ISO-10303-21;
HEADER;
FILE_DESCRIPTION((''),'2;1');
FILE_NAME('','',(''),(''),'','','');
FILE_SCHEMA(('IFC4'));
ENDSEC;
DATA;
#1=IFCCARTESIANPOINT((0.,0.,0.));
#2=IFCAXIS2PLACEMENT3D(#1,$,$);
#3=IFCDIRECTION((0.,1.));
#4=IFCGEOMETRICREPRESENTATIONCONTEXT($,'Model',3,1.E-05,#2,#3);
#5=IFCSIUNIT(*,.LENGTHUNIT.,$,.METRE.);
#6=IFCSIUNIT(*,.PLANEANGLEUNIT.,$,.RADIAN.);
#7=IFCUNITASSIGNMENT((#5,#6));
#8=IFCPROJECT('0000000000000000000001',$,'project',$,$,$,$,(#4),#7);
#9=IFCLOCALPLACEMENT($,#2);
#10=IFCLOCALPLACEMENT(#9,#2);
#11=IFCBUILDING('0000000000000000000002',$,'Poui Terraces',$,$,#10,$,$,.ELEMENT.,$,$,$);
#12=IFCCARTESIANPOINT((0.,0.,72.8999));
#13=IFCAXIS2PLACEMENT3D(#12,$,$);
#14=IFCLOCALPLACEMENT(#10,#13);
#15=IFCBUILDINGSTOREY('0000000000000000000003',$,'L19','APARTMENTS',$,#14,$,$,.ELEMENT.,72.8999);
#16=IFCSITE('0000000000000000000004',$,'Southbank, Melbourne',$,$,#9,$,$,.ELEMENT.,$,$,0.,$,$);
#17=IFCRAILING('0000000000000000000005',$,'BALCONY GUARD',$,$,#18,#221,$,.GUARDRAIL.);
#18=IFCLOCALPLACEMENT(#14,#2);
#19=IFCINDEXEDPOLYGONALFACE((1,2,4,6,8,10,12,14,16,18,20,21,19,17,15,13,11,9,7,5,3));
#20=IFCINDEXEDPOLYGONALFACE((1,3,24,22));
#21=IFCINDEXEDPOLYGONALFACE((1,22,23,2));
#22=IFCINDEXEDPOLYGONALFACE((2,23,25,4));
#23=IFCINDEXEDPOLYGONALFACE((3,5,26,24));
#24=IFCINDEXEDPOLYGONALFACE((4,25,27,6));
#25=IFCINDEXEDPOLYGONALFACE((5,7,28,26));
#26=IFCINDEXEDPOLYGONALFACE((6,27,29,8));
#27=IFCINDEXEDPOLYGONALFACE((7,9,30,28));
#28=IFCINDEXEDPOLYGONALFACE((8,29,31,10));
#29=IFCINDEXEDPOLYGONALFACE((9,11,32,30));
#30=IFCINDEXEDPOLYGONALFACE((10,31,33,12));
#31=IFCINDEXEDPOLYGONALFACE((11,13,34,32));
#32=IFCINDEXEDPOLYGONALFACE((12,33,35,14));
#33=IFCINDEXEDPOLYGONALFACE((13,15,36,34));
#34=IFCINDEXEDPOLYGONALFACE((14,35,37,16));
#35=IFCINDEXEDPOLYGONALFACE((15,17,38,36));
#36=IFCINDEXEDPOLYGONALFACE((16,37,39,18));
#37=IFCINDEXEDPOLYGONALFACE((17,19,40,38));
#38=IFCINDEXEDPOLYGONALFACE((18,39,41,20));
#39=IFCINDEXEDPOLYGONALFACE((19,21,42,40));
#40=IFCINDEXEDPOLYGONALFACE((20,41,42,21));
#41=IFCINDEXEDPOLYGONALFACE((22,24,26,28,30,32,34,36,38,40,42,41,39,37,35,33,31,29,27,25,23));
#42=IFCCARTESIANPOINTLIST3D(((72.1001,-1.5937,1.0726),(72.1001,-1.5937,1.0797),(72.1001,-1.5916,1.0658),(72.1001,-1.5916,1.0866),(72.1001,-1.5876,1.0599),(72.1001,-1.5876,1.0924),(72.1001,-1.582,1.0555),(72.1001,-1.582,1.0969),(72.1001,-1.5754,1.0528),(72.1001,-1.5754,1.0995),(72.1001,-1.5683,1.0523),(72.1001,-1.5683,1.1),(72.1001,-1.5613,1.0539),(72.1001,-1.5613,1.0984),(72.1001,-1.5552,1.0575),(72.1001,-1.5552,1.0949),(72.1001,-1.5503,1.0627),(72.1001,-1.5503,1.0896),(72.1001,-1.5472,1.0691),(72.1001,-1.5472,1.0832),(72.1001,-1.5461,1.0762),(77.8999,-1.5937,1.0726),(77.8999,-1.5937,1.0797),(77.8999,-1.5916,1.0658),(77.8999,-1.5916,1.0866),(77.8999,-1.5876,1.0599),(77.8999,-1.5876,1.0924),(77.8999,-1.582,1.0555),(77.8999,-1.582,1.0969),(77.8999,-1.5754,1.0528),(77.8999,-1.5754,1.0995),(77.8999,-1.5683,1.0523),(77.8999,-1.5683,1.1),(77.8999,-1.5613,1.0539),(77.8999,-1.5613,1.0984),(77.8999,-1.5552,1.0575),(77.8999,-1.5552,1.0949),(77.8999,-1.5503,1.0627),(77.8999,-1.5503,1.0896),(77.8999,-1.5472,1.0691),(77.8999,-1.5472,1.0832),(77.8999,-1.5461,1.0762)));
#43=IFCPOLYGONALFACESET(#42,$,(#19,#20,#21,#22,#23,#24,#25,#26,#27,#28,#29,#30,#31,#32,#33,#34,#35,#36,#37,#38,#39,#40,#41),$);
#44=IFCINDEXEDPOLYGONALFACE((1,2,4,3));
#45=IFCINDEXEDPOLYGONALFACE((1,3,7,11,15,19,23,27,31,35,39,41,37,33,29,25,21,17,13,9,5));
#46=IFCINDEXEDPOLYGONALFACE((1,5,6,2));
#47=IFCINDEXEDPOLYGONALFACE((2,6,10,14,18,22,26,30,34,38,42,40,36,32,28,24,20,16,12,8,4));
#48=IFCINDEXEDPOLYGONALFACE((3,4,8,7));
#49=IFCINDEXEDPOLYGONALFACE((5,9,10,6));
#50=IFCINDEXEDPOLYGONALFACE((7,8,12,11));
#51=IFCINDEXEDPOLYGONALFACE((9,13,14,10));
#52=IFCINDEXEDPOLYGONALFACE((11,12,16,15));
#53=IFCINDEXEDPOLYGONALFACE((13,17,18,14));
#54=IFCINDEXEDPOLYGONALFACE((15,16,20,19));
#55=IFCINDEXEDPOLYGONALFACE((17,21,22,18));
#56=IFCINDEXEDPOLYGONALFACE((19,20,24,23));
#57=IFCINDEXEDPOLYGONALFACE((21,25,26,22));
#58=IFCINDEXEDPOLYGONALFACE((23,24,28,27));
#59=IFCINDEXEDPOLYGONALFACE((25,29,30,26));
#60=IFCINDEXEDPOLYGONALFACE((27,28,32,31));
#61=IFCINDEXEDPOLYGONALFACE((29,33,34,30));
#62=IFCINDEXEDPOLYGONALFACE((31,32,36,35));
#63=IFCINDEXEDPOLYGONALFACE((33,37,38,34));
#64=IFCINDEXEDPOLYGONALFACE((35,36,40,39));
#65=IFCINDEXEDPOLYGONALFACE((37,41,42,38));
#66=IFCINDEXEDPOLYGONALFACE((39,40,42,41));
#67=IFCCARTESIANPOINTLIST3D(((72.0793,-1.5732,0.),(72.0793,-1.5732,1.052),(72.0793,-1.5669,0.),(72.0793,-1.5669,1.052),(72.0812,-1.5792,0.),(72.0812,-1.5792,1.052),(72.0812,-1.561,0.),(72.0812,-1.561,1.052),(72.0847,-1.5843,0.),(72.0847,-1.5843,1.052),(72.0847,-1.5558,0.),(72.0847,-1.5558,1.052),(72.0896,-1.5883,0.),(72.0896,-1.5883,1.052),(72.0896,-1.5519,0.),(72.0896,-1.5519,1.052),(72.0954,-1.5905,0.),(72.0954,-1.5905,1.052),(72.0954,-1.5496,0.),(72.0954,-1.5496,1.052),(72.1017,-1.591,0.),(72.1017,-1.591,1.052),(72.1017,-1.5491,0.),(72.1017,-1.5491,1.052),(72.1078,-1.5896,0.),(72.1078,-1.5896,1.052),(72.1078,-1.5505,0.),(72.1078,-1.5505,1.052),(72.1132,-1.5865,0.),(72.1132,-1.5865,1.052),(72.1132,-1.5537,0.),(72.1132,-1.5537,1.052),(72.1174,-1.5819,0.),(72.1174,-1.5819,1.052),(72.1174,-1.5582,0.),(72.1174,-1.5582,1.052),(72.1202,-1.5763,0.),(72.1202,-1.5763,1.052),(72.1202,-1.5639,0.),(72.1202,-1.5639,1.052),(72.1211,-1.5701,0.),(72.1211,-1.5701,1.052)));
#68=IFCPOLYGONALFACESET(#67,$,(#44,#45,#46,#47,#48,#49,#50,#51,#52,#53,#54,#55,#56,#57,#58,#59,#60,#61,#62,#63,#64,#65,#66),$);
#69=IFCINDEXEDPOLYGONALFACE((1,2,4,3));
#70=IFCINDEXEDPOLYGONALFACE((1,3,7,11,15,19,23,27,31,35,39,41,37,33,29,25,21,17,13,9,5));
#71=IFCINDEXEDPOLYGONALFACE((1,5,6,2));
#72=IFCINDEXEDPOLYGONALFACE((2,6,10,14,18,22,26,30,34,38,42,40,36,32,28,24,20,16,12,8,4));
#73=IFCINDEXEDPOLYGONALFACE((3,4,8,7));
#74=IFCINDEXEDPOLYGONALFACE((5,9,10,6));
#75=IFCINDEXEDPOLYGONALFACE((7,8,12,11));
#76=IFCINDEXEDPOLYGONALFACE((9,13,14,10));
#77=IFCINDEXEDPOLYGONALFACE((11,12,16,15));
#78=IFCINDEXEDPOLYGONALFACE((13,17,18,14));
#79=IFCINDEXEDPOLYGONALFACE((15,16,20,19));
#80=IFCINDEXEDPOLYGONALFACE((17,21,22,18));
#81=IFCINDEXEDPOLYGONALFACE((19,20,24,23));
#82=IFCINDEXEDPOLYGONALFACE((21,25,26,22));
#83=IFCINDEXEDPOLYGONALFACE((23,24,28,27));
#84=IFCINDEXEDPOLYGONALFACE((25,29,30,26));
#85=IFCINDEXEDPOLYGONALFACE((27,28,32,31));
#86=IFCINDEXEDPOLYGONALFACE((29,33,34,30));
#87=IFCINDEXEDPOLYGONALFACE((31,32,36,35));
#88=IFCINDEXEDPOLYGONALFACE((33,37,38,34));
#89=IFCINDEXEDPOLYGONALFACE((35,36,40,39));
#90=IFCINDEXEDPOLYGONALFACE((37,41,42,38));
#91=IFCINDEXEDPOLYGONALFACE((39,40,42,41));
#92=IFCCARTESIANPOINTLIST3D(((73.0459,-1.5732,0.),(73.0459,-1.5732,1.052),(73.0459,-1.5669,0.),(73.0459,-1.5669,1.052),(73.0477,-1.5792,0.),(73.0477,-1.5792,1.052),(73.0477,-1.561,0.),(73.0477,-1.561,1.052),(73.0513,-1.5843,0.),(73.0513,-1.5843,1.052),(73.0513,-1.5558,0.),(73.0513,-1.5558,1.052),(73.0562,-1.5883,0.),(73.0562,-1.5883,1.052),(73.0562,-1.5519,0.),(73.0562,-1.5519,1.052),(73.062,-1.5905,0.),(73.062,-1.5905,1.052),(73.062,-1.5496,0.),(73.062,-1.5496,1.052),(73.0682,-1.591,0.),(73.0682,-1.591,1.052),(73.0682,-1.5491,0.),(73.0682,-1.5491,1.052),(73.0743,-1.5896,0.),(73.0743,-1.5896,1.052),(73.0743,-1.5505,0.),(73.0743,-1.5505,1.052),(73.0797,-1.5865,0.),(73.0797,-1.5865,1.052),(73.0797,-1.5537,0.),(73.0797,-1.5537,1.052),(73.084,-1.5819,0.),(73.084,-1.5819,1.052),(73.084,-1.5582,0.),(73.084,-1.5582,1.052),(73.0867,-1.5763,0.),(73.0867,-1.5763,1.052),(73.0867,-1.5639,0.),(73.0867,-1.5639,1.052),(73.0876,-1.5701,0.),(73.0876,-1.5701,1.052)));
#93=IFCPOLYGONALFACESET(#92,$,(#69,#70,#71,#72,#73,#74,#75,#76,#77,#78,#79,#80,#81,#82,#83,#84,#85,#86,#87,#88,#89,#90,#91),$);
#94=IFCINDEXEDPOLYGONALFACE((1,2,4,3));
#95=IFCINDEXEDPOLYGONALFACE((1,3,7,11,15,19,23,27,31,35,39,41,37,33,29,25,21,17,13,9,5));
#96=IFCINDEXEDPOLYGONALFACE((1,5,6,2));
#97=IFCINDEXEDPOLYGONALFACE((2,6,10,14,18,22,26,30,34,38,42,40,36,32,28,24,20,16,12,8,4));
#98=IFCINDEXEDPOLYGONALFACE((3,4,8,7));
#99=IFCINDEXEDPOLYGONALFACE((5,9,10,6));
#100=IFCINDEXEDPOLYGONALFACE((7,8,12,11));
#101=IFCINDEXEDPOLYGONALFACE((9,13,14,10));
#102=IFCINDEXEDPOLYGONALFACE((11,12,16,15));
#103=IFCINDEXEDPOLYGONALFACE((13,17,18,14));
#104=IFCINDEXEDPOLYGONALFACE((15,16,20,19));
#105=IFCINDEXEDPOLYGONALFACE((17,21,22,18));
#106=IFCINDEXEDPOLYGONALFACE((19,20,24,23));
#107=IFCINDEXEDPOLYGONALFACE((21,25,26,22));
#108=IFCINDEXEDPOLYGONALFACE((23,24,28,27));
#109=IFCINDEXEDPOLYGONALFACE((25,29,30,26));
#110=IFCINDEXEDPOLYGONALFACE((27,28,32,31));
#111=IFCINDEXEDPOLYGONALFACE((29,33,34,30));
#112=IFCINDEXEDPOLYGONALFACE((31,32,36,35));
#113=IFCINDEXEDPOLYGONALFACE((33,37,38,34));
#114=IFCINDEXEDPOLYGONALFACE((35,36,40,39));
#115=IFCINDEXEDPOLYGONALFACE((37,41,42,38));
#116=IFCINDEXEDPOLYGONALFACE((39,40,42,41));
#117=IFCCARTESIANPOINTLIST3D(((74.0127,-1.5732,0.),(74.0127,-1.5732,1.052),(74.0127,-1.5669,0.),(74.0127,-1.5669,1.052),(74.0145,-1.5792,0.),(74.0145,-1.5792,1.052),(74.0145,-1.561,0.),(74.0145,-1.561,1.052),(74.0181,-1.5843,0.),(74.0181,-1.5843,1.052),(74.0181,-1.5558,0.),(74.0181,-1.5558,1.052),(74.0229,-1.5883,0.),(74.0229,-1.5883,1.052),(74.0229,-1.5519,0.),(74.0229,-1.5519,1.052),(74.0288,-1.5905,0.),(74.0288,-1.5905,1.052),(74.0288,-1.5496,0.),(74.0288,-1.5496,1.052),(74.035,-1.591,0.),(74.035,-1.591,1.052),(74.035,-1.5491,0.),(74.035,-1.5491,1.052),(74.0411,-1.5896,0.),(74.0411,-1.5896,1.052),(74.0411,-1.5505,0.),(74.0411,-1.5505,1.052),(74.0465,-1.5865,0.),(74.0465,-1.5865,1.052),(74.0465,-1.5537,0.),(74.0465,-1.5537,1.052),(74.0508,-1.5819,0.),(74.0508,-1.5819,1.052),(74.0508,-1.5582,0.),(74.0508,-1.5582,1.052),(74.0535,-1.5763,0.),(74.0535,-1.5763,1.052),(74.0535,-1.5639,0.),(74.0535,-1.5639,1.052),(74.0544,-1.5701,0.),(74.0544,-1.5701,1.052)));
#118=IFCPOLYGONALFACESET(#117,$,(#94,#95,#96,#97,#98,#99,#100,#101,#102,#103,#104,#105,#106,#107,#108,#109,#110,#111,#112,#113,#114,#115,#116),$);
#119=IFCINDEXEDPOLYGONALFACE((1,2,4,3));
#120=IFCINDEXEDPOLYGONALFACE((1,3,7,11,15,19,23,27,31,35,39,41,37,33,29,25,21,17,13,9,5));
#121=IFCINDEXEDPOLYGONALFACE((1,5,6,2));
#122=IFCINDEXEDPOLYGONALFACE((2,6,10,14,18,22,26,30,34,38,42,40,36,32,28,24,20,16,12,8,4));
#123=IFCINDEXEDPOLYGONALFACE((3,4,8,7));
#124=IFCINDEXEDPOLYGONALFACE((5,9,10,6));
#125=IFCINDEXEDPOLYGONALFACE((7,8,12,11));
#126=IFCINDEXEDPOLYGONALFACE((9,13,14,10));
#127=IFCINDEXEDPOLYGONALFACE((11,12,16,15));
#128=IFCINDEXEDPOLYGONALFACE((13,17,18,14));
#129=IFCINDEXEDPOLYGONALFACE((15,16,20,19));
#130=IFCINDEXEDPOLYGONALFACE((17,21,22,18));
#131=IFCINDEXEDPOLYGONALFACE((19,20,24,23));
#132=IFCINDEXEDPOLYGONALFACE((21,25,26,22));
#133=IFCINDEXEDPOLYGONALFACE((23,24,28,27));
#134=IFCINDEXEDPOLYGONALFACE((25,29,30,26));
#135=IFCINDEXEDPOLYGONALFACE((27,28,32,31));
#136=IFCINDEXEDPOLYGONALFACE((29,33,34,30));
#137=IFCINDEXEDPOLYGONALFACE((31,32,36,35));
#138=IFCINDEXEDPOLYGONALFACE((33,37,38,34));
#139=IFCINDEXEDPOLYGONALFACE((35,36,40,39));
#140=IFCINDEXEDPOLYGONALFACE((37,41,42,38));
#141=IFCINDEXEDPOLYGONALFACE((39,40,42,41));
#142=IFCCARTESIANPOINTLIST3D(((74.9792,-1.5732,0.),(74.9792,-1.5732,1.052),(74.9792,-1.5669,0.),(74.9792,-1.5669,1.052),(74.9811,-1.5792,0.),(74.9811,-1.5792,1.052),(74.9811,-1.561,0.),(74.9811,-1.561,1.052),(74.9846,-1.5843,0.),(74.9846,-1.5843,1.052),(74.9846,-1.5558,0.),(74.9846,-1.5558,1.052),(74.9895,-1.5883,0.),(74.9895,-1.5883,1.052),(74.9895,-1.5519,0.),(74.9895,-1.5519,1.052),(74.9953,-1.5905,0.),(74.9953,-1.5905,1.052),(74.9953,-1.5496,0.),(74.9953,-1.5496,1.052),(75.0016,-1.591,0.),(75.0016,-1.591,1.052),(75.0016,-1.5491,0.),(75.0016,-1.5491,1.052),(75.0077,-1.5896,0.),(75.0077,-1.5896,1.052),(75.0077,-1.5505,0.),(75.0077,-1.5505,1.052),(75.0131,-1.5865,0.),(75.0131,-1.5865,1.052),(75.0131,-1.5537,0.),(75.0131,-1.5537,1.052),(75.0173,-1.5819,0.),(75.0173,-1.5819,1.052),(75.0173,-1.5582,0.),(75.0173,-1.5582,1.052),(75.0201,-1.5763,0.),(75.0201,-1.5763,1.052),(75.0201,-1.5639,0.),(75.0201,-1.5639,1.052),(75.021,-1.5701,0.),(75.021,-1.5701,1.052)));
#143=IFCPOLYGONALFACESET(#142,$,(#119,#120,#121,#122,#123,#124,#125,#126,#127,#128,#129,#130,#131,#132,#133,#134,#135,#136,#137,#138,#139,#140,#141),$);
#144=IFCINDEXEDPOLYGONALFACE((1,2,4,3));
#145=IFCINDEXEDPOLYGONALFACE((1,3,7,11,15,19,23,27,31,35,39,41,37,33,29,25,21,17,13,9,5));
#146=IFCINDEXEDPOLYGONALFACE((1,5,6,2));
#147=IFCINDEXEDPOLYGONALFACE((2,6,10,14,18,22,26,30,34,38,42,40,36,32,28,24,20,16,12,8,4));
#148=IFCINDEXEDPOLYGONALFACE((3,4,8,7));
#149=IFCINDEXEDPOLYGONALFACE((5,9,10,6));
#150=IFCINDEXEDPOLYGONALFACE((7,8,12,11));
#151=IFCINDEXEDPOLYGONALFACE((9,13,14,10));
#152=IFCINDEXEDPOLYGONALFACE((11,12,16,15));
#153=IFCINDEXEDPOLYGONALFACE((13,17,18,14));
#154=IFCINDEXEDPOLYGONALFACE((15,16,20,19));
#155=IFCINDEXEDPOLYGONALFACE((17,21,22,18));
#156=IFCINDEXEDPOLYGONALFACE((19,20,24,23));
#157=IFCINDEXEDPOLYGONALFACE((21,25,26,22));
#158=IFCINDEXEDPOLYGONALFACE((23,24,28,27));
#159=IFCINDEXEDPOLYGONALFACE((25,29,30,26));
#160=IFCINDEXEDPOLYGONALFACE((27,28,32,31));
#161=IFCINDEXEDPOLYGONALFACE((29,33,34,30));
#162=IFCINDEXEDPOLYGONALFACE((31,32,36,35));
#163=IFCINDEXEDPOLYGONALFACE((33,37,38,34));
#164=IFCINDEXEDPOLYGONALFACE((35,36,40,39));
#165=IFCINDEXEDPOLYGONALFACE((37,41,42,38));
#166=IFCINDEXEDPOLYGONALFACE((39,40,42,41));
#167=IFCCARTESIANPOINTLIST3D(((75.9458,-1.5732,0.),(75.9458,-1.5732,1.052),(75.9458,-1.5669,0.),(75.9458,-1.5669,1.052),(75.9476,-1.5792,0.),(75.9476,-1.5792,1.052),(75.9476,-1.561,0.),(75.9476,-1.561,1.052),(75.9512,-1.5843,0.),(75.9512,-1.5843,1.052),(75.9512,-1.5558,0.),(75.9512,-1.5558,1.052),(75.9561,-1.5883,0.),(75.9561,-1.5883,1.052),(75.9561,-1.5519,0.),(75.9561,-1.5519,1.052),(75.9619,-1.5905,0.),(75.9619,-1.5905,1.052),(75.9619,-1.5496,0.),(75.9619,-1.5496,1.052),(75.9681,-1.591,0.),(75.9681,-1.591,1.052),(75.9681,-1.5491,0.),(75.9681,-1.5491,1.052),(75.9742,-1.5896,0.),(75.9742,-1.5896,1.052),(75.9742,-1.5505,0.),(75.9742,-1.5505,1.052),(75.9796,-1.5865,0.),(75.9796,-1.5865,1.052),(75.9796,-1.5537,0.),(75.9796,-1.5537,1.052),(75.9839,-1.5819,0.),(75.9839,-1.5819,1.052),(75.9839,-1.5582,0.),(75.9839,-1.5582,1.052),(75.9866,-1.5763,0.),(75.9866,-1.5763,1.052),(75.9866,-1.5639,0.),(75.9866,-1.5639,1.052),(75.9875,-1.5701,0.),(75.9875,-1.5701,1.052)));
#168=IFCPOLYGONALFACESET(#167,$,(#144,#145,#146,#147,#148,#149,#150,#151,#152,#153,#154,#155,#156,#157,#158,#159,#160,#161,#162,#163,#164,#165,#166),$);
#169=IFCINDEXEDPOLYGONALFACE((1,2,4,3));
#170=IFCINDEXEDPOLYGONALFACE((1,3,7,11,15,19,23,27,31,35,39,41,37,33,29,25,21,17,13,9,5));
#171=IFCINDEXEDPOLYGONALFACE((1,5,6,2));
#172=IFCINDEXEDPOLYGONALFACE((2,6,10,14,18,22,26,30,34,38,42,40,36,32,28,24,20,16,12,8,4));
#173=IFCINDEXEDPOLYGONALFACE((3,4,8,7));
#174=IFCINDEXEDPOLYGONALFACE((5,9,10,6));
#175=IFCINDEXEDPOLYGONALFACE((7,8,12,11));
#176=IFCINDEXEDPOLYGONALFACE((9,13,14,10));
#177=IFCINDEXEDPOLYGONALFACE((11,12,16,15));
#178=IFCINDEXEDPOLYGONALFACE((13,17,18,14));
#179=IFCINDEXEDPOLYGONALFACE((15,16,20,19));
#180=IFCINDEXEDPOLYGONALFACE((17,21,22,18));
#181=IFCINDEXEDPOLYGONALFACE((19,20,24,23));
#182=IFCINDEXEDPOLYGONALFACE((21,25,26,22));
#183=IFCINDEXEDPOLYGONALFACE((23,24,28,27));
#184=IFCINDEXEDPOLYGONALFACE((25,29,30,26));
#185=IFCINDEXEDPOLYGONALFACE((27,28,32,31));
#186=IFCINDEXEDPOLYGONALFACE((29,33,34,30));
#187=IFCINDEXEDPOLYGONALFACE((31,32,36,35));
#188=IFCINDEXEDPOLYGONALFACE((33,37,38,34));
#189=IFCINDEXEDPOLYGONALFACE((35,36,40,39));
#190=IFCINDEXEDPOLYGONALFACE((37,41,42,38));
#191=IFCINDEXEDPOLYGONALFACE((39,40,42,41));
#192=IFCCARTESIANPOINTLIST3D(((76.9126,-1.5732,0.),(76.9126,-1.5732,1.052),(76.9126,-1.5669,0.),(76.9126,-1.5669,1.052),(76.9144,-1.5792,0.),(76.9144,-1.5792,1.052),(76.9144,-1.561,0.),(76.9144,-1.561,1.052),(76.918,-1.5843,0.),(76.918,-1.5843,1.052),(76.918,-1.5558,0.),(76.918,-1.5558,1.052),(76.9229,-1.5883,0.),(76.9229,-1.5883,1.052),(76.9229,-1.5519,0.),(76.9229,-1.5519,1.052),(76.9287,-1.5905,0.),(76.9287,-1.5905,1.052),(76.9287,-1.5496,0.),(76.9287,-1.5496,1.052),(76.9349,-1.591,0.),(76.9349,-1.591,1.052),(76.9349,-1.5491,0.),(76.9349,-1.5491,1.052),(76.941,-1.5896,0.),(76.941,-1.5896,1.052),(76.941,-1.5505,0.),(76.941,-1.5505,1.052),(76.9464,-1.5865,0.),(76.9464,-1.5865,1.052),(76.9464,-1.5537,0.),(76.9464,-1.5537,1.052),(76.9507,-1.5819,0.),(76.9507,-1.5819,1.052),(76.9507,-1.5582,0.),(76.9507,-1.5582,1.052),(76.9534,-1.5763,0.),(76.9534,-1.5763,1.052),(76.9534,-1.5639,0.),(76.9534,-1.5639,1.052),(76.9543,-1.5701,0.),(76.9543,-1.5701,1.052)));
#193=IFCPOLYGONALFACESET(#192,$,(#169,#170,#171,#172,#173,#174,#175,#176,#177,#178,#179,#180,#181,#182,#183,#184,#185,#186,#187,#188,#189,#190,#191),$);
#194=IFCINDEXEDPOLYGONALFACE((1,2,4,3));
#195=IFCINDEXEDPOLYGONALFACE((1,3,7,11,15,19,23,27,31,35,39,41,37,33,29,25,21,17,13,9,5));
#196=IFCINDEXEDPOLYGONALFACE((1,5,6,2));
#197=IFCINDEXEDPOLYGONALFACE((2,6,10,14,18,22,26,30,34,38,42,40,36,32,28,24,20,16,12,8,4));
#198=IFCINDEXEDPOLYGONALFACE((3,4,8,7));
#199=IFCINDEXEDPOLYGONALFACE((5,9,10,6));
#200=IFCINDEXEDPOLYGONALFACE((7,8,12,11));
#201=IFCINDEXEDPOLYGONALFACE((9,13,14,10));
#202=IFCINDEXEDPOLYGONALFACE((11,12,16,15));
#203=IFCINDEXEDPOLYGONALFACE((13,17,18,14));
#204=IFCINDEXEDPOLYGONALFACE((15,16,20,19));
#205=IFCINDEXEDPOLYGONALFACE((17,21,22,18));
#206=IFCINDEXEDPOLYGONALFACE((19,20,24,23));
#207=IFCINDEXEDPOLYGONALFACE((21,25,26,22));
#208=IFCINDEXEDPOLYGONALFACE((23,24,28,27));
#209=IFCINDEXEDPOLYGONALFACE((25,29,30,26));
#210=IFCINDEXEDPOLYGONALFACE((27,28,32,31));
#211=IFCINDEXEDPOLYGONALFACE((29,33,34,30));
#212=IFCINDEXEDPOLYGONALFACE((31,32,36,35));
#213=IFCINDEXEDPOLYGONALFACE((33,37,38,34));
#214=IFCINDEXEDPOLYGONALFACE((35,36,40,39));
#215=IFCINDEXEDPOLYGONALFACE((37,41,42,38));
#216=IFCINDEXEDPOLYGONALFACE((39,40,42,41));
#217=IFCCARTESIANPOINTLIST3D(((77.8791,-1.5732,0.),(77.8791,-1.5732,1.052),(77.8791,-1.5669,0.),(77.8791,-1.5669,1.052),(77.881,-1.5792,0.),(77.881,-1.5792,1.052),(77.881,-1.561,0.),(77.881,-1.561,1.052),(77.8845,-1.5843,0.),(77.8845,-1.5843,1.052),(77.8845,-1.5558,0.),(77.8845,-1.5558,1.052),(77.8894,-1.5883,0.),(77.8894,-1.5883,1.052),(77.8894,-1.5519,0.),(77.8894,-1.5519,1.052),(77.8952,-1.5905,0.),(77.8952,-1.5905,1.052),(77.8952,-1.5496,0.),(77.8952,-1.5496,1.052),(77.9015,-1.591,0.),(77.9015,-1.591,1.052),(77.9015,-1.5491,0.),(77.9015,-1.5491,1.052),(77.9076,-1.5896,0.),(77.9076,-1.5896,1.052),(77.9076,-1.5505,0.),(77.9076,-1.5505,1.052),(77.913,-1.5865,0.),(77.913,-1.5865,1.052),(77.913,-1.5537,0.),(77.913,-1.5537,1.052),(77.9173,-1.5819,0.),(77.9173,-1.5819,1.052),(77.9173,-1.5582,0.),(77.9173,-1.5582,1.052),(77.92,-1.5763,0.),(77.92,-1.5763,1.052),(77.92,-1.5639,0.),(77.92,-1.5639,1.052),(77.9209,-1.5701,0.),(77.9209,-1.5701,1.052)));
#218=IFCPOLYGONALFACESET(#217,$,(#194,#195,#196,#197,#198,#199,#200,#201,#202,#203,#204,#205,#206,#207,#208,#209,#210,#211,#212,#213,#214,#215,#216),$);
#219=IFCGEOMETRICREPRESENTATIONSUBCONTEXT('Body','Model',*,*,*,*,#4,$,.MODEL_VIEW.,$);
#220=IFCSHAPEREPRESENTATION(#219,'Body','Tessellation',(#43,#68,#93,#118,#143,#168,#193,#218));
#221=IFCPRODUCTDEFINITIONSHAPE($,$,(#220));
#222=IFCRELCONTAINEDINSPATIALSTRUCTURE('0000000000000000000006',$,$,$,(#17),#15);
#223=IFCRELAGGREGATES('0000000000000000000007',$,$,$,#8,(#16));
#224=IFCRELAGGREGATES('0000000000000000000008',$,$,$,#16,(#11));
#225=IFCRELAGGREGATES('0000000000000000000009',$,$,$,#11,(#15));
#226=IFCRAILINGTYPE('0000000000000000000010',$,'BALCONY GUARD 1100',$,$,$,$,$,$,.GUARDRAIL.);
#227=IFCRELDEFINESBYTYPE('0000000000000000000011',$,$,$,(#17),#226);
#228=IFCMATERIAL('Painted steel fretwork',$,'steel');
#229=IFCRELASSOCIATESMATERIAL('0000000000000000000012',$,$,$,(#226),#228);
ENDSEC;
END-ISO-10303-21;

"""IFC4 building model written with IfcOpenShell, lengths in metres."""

from ifc_helpers import new_model, si_unit, direction, frame, origin, origin_2d, place, context, subcontext, project, spatial, circle, extrude, material, type_object, element, save


model = new_model("IFC4")

# Units and contexts
model_context = context("Model", 3, precision=1e-05, world=origin(), true_north=direction((0.0, 1.0)))
body_context = subcontext(model_context, "Body", "Model", "MODEL_VIEW")
ifc_project = project(units=[si_unit("LENGTHUNIT", "METRE"), si_unit("PLANEANGLEUNIT", "RADIAN")], contexts=[model_context])

# Site, building, storey
site_placement = place(None, origin())
site = spatial("IfcSite", under=ifc_project, at=site_placement, Name="Southbank, Melbourne", CompositionType="ELEMENT", RefElevation=0.0)
building_placement = place(site_placement, origin())
building = spatial("IfcBuilding", under=site, at=building_placement, Name="Poui Terraces", CompositionType="ELEMENT")
storey_placement = place(building_placement, frame((0.0, 0.0, 72.8999)))
storey = spatial("IfcBuildingStorey", under=building, at=storey_placement, Name="L19", Description="APARTMENTS", CompositionType="ELEMENT", Elevation=72.8999)

# Railing
ifc_material_1 = material(Name="Painted steel fretwork", Category="steel")
railing_type_1 = type_object("IfcRailingType", Name="BALCONY GUARD 1100", PredefinedType="GUARDRAIL", material=ifc_material_1)
railing_1_placement = place(storey_placement, frame((72.1001, -1.5701, 0.0)))
element("IfcRailing", 1, at=railing_1_placement, inside=storey, type_object=railing_type_1, Name="BALCONY GUARD", PredefinedType="GUARDRAIL", context=body_context, shape_type="SweptSolid", body=[
    extrude(circle(Radius=0.0239, at=origin_2d()), frame((0.0, 0.0, 1.0762), z_axis=(1.0, 0.0, 0.0), x_axis=(0.0, 1.0, 0.0)), (0.0, 0.0, 1.0), 5.7998),
    extrude(circle(Radius=0.021, at=origin_2d()), origin(), (0.0, 0.0, 1.0), 1.052),
    extrude(circle(Radius=0.021, at=origin_2d()), frame((0.9666, 0.0, 0.0)), (0.0, 0.0, 1.0), 1.052),
    extrude(circle(Radius=0.021, at=origin_2d()), frame((1.9333, 0.0, 0.0)), (0.0, 0.0, 1.0), 1.052),
    extrude(circle(Radius=0.021, at=origin_2d()), frame((2.8999, 0.0, 0.0)), (0.0, 0.0, 1.0), 1.052),
    extrude(circle(Radius=0.021, at=origin_2d()), frame((3.8665, 0.0, 0.0)), (0.0, 0.0, 1.0), 1.052),
    extrude(circle(Radius=0.021, at=origin_2d()), frame((4.8333, 0.0, 0.0)), (0.0, 0.0, 1.0), 1.052),
    extrude(circle(Radius=0.021, at=origin_2d()), frame((5.7998, 0.0, 0.0)), (0.0, 0.0, 1.0), 1.052),
])

save(model, "model.ifc")
